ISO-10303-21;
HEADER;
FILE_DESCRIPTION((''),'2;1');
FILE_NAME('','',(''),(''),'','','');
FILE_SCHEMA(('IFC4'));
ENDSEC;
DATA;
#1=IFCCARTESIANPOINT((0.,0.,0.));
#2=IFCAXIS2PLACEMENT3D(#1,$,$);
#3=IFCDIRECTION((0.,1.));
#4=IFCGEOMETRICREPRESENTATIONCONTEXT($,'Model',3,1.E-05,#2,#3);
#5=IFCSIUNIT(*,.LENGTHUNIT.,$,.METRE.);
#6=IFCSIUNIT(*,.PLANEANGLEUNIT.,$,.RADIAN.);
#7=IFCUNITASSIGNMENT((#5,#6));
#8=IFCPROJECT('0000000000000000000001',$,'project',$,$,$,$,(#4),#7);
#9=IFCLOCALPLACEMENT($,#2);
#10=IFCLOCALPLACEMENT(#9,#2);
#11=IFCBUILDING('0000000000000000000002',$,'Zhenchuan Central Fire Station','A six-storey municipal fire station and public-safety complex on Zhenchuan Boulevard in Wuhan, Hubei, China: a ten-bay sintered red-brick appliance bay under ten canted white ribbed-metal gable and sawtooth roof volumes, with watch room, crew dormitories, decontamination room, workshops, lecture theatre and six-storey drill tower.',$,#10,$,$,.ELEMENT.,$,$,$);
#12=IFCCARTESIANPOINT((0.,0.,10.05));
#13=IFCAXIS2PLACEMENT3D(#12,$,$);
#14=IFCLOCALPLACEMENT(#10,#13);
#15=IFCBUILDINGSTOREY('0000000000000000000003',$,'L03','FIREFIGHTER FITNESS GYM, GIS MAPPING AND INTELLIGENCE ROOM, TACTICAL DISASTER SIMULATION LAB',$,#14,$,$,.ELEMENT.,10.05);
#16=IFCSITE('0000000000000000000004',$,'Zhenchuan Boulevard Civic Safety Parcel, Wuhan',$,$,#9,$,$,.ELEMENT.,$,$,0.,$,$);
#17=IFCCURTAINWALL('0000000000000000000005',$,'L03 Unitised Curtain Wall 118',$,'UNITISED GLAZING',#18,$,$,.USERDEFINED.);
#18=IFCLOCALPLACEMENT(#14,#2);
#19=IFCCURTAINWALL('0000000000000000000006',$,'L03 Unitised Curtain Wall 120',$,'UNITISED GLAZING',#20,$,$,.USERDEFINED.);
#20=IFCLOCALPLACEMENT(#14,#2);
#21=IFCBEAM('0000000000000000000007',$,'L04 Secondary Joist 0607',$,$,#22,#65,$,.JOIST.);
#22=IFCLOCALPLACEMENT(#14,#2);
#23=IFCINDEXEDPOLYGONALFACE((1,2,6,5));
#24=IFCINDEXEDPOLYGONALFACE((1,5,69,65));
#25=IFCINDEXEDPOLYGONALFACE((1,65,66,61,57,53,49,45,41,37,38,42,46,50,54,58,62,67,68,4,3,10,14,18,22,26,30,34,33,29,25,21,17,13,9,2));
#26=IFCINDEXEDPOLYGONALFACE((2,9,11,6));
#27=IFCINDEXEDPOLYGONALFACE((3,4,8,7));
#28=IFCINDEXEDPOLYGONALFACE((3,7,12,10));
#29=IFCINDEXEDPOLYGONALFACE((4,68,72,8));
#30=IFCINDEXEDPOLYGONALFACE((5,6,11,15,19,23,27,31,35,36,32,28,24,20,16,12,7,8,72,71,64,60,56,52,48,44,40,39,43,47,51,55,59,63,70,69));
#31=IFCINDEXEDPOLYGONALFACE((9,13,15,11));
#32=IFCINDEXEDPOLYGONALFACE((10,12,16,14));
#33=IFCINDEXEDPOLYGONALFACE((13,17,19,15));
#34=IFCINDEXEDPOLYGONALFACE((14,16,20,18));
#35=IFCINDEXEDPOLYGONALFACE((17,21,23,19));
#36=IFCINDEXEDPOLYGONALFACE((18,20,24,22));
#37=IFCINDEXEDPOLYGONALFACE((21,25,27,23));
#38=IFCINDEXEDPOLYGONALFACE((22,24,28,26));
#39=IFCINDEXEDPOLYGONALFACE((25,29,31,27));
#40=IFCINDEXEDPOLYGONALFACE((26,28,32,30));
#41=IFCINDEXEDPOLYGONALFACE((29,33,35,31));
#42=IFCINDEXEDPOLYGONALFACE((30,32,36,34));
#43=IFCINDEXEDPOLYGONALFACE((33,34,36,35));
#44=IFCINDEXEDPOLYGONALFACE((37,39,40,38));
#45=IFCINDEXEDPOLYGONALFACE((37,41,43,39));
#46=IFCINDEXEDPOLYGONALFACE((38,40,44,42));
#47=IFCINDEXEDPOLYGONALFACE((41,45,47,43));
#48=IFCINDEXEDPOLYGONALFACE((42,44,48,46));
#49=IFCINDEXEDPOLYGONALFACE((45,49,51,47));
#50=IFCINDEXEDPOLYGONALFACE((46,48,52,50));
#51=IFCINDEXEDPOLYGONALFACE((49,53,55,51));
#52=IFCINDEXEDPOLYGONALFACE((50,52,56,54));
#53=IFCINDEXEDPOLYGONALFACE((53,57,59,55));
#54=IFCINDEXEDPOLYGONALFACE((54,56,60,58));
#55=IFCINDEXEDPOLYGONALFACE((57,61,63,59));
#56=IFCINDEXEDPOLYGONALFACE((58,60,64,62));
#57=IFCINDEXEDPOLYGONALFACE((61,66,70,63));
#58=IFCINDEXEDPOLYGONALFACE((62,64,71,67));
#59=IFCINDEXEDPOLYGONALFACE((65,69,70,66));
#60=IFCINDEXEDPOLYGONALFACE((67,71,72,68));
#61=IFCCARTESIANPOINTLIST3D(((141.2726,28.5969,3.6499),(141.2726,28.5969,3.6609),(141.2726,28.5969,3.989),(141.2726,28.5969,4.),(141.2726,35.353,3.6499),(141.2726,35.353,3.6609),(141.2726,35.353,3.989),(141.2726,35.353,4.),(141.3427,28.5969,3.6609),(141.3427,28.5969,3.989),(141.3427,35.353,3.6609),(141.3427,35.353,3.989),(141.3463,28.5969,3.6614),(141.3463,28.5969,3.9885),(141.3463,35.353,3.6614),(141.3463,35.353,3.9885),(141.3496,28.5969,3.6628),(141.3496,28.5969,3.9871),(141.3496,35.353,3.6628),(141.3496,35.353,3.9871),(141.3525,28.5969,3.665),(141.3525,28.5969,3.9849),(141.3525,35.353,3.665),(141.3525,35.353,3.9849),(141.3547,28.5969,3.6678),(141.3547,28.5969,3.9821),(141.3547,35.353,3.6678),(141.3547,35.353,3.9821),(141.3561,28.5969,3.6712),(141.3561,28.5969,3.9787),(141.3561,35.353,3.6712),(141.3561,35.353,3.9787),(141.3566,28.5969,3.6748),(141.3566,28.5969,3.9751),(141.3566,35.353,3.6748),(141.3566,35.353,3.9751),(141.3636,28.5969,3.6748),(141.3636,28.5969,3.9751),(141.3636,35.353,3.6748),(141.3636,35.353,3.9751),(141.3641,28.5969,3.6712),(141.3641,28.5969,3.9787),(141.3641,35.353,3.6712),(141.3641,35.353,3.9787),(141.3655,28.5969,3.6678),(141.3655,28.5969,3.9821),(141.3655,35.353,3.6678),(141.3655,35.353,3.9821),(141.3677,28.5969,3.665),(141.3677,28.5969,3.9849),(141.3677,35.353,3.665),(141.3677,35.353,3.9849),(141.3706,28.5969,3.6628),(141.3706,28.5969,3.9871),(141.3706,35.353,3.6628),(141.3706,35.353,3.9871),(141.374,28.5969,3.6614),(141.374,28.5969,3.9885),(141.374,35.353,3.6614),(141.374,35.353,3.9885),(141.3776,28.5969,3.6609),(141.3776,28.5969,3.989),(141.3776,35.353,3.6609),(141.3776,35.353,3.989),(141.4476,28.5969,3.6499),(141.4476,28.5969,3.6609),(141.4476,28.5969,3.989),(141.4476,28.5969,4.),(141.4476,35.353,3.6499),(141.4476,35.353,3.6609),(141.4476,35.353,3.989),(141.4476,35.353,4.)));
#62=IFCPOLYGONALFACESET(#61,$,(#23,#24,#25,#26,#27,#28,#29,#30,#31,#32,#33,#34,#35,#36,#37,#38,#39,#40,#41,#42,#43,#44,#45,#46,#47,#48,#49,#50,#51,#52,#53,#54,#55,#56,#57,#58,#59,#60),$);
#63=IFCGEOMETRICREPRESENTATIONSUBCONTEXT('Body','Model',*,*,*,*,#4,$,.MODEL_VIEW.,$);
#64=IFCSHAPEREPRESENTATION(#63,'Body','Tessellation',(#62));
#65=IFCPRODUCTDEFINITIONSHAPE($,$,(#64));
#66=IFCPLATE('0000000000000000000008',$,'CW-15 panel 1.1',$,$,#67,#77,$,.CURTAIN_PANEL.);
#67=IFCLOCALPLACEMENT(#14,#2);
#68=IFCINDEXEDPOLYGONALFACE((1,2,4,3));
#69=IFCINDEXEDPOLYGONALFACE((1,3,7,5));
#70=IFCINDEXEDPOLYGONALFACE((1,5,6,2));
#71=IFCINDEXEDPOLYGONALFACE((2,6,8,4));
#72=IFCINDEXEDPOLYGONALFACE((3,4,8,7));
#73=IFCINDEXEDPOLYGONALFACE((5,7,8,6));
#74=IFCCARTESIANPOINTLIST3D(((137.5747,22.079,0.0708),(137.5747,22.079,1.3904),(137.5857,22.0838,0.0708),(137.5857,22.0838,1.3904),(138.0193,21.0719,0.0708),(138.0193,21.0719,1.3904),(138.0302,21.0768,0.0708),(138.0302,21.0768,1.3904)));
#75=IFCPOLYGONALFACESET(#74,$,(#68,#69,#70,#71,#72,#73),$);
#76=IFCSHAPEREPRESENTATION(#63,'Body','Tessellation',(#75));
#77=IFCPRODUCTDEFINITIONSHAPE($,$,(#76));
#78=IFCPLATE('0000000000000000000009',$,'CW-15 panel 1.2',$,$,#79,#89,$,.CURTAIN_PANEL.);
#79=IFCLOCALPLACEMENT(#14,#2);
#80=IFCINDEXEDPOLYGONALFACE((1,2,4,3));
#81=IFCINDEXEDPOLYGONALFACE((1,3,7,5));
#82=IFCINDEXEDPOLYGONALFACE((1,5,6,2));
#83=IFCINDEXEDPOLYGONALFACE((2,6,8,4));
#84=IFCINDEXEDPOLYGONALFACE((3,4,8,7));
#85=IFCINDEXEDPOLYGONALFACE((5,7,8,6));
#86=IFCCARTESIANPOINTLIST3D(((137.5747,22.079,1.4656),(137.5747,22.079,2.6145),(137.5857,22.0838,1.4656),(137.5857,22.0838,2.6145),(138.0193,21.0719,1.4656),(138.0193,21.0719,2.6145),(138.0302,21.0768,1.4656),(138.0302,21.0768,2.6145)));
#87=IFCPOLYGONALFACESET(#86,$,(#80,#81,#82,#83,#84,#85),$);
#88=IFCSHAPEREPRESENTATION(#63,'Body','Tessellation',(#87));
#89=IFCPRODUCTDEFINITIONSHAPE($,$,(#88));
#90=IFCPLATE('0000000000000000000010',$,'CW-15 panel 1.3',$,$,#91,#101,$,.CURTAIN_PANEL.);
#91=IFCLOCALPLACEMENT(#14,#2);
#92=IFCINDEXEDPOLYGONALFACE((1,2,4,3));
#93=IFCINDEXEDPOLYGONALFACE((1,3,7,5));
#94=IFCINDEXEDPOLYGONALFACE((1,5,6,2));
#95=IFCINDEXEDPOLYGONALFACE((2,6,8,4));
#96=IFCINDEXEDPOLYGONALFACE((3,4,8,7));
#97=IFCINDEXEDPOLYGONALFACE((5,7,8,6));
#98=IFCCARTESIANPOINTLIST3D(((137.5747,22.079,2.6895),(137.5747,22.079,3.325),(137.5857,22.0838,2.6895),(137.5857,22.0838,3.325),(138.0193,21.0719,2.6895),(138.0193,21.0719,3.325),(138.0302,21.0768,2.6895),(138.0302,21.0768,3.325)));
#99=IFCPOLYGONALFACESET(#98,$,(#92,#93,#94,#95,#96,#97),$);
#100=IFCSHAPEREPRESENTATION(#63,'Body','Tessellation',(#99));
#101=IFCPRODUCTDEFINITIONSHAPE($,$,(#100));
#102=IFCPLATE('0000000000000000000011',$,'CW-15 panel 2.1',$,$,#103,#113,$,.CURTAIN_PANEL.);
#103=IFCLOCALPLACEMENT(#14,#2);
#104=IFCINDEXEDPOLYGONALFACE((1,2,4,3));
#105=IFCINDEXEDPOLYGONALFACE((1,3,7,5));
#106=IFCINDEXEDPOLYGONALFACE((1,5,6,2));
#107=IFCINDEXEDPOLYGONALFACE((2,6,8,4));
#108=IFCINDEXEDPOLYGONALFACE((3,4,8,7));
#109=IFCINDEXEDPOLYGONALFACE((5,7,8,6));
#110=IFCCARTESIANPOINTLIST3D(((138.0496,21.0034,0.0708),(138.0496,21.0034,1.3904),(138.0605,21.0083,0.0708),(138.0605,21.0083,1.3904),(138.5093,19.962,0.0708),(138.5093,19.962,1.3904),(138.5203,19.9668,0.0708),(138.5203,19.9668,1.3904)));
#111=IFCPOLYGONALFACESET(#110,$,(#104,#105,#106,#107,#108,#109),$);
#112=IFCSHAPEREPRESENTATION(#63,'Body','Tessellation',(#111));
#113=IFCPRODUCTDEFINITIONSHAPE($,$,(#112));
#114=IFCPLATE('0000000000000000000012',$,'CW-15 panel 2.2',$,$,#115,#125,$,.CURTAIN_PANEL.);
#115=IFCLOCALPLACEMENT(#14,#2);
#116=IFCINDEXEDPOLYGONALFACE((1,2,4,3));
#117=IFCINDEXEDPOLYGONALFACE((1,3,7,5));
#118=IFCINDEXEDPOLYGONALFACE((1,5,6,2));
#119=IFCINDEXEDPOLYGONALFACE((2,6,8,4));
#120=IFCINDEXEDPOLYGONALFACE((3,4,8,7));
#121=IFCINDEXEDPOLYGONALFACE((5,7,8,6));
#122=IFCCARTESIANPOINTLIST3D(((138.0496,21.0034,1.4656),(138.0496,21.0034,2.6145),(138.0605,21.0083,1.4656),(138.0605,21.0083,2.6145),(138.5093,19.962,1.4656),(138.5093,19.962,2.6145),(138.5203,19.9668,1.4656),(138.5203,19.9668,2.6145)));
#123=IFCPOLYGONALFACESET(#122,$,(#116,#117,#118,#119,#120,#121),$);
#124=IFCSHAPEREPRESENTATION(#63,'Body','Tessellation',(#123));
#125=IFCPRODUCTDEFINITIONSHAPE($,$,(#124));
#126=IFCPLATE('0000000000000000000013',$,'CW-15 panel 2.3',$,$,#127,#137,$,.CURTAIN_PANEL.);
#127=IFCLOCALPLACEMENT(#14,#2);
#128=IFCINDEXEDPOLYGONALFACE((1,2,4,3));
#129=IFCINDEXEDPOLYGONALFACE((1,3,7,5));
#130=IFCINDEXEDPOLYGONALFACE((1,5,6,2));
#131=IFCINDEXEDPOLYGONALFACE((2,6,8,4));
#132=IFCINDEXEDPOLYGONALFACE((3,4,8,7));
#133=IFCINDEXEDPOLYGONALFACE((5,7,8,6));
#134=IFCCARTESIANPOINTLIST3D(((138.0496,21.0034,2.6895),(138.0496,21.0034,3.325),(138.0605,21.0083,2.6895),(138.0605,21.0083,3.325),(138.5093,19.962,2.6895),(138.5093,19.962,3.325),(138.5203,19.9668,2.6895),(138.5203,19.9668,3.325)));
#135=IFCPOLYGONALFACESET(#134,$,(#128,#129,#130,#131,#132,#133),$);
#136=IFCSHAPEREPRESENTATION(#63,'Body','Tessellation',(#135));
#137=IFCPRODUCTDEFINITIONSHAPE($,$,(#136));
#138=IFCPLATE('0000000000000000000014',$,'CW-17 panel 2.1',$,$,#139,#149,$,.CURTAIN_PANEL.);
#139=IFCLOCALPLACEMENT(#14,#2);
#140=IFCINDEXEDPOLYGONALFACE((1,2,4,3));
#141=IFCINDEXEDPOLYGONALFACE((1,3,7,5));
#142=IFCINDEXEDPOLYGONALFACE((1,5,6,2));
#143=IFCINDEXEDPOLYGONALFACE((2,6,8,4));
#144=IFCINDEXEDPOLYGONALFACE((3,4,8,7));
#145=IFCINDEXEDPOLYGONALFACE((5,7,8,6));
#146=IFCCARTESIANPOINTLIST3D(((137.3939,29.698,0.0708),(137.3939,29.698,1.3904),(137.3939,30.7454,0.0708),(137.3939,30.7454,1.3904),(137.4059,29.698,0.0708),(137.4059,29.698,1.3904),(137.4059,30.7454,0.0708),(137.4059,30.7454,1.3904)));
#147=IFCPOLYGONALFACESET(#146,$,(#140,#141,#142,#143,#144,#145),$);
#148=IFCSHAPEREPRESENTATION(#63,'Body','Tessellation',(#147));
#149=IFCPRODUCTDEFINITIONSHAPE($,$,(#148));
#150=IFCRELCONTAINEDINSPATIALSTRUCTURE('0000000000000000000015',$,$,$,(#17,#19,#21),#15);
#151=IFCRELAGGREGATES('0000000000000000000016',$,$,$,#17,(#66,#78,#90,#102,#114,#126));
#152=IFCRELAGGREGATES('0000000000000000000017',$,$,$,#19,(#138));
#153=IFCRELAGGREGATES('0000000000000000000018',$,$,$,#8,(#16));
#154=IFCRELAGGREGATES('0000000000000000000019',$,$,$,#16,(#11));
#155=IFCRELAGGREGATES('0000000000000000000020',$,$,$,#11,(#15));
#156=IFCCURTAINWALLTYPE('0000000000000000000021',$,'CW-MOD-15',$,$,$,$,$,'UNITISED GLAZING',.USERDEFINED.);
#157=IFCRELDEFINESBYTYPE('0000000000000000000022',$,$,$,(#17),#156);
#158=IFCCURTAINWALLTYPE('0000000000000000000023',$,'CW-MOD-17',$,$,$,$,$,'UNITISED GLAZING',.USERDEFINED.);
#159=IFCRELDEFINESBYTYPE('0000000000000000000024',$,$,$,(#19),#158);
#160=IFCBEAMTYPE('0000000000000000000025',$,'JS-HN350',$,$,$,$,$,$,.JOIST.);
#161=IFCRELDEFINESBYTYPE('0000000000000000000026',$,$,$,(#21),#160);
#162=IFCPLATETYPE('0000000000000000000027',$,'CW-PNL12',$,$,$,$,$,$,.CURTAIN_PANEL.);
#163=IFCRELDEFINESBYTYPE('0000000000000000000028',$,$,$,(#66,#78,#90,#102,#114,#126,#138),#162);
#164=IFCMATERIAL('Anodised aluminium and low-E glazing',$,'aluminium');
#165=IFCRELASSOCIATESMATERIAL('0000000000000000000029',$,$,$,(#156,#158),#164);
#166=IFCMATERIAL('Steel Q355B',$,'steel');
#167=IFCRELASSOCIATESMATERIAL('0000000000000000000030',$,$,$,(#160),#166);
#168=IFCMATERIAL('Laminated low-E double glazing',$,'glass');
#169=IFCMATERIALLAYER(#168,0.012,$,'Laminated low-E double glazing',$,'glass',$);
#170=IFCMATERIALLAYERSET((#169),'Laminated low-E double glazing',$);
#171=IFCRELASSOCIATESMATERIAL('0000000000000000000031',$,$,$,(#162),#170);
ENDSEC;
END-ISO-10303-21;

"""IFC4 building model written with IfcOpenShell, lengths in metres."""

from ifc_helpers import new_model, si_unit, direction, frame, origin, origin_2d, place, context, subcontext, project, spatial, rectangle, i_section, extrude, material, layer, layer_set, material_profile, profile_set, type_object, element, aggregate, save


model = new_model("IFC4")

# Units and contexts
model_context = context("Model", 3, precision=1e-05, world=origin(), true_north=direction((0.0, 1.0)))
body_context = subcontext(model_context, "Body", "Model", "MODEL_VIEW")
ifc_project = project(units=[si_unit("LENGTHUNIT", "METRE"), si_unit("PLANEANGLEUNIT", "RADIAN")], contexts=[model_context])

# Site, building, storey
site_placement = place(None, origin())
site = spatial("IfcSite", under=ifc_project, at=site_placement, Name="Zhenchuan Boulevard Civic Safety Parcel, Wuhan", CompositionType="ELEMENT", RefElevation=0.0)
building_placement = place(site_placement, origin())
building = spatial("IfcBuilding", under=site, at=building_placement, Name="Zhenchuan Central Fire Station", Description="A six-storey municipal fire station and public-safety complex on Zhenchuan Boulevard in Wuhan, Hubei, China: a ten-bay sintered red-brick appliance bay under ten canted white ribbed-metal gable and sawtooth roof volumes, with watch room, crew dormitories, decontamination room, workshops, lecture theatre and six-storey drill tower.", CompositionType="ELEMENT")
storey_placement = place(building_placement, frame((0.0, 0.0, 10.05)))
storey = spatial("IfcBuildingStorey", under=building, at=storey_placement, Name="L03", Description="FIREFIGHTER FITNESS GYM, GIS MAPPING AND INTELLIGENCE ROOM, TACTICAL DISASTER SIMULATION LAB", CompositionType="ELEMENT", Elevation=10.05)

# Shared definitions
ifc_material_1 = material(Name="Steel Q355B", Category="steel")

# Curtain walls
ifc_material_2 = material(Name="Anodised aluminium and low-E glazing", Category="aluminium")
curtain_wall_type_1 = type_object("IfcCurtainWallType", Name="CW-MOD-15", ElementType="UNITISED GLAZING", PredefinedType="USERDEFINED", material=ifc_material_2)
curtain_wall_1_placement = place(storey_placement, origin())
curtain_wall_1 = element("IfcCurtainWall", 1, at=curtain_wall_1_placement, inside=storey, type_object=curtain_wall_type_1, Name="L03 Unitised Curtain Wall 118", ObjectType="UNITISED GLAZING", PredefinedType="USERDEFINED")
curtain_wall_type_2 = type_object("IfcCurtainWallType", Name="CW-MOD-17", ElementType="UNITISED GLAZING", PredefinedType="USERDEFINED", material=ifc_material_2)
curtain_wall_2_placement = place(storey_placement, origin())
curtain_wall_2 = element("IfcCurtainWall", 2, at=curtain_wall_2_placement, inside=storey, type_object=curtain_wall_type_2, Name="L03 Unitised Curtain Wall 120", ObjectType="UNITISED GLAZING", PredefinedType="USERDEFINED")

# Beam
ifc_material_profile_1 = material_profile(ifc_material_1, i_section(OverallWidth=0.175, OverallDepth=0.3501, WebThickness=0.0071, FlangeThickness=0.011, FilletRadius=0.0139, at=origin_2d()), Name="HN 350x175")
ifc_profile_set_1 = profile_set([ifc_material_profile_1], Name="Steel Q355B")
beam_type_1 = type_object("IfcBeamType", Name="JS-HN350", PredefinedType="JOIST", material=ifc_profile_set_1)
beam_1_placement = place(storey_placement, frame((141.3601, 28.5969, 3.825), z_axis=(0.0, 1.0, 0.0), x_axis=(-1.0, 0.0, 0.0)))
element("IfcBeam", 3, at=beam_1_placement, inside=storey, type_object=beam_type_1, Name="L04 Secondary Joist 0607", PredefinedType="JOIST", context=body_context, shape_type="SweptSolid", body=[
    extrude(i_section(OverallWidth=0.175, OverallDepth=0.3501, WebThickness=0.0071, FlangeThickness=0.011, FilletRadius=0.0139, at=origin_2d()), origin(), (0.0, 0.0, 1.0), 6.7561),
])

# Plates
ifc_material_3 = material(Name="Laminated low-E double glazing", Category="glass")
ifc_layer = layer(ifc_material_3, 0.012, Name="Laminated low-E double glazing", Category="glass")
ifc_layer_set = layer_set([ifc_layer], Name="Laminated low-E double glazing")
plate_type = type_object("IfcPlateType", Name="CW-PNL12", PredefinedType="CURTAIN_PANEL", material=ifc_layer_set)
plate_1_placement = place(storey_placement, frame((137.8025, 21.5779, 0.0708), z_axis=(0.0, 0.0, 1.0), x_axis=(0.403843, -0.914828, 0.0)))
plate_1 = element("IfcPlate", 4, at=plate_1_placement, type_object=plate_type, Name="CW-15 panel 1.1", PredefinedType="CURTAIN_PANEL", context=body_context, shape_type="SweptSolid", body=[
    extrude(rectangle(XDim=1.1008, YDim=0.012, at=origin_2d()), origin(), (0.0, 0.0, 1.0), 1.3196),
])
plate_2_placement = place(storey_placement, frame((137.8025, 21.5779, 1.4656), z_axis=(0.0, 0.0, 1.0), x_axis=(0.403843, -0.914828, 0.0)))
plate_2 = element("IfcPlate", 5, at=plate_2_placement, type_object=plate_type, Name="CW-15 panel 1.2", PredefinedType="CURTAIN_PANEL", context=body_context, shape_type="SweptSolid", body=[
    extrude(rectangle(XDim=1.1008, YDim=0.012, at=origin_2d()), origin(), (0.0, 0.0, 1.0), 1.1489),
])
plate_3_placement = place(storey_placement, frame((137.8025, 21.5779, 2.6895), z_axis=(0.0, 0.0, 1.0), x_axis=(0.403843, -0.914828, 0.0)))
plate_3 = element("IfcPlate", 6, at=plate_3_placement, type_object=plate_type, Name="CW-15 panel 1.3", PredefinedType="CURTAIN_PANEL", context=body_context, shape_type="SweptSolid", body=[
    extrude(rectangle(XDim=1.1008, YDim=0.012, at=origin_2d()), origin(), (0.0, 0.0, 1.0), 0.6355),
])
plate_4_placement = place(storey_placement, frame((138.2849, 20.4851, 0.0708), z_axis=(0.0, 0.0, 1.0), x_axis=(0.403843, -0.914828, 0.0)))
plate_4 = element("IfcPlate", 7, at=plate_4_placement, type_object=plate_type, Name="CW-15 panel 2.1", PredefinedType="CURTAIN_PANEL", context=body_context, shape_type="SweptSolid", body=[
    extrude(rectangle(XDim=1.1384, YDim=0.012, at=origin_2d()), origin(), (0.0, 0.0, 1.0), 1.3196),
])
plate_5_placement = place(storey_placement, frame((138.2849, 20.4851, 1.4656), z_axis=(0.0, 0.0, 1.0), x_axis=(0.403843, -0.914828, 0.0)))
plate_5 = element("IfcPlate", 8, at=plate_5_placement, type_object=plate_type, Name="CW-15 panel 2.2", PredefinedType="CURTAIN_PANEL", context=body_context, shape_type="SweptSolid", body=[
    extrude(rectangle(XDim=1.1384, YDim=0.012, at=origin_2d()), origin(), (0.0, 0.0, 1.0), 1.1489),
])
plate_6_placement = place(storey_placement, frame((138.2849, 20.4851, 2.6895), z_axis=(0.0, 0.0, 1.0), x_axis=(0.403843, -0.914828, 0.0)))
plate_6 = element("IfcPlate", 9, at=plate_6_placement, type_object=plate_type, Name="CW-15 panel 2.3", PredefinedType="CURTAIN_PANEL", context=body_context, shape_type="SweptSolid", body=[
    extrude(rectangle(XDim=1.1384, YDim=0.012, at=origin_2d()), origin(), (0.0, 0.0, 1.0), 0.6355),
])
aggregate(curtain_wall_1, [plate_1, plate_2, plate_3, plate_4, plate_5, plate_6])
plate_7_placement = place(storey_placement, frame((137.3999, 30.2217, 0.0708), z_axis=(0.0, 0.0, 1.0), x_axis=(0.0, 1.0, 0.0)))
plate_7 = element("IfcPlate", 10, at=plate_7_placement, type_object=plate_type, Name="CW-17 panel 2.1", PredefinedType="CURTAIN_PANEL", context=body_context, shape_type="SweptSolid", body=[
    extrude(rectangle(XDim=1.0474, YDim=0.012, at=origin_2d()), origin(), (0.0, 0.0, 1.0), 1.3196),
])
aggregate(curtain_wall_2, [plate_7])

save(model, "model.ifc")
